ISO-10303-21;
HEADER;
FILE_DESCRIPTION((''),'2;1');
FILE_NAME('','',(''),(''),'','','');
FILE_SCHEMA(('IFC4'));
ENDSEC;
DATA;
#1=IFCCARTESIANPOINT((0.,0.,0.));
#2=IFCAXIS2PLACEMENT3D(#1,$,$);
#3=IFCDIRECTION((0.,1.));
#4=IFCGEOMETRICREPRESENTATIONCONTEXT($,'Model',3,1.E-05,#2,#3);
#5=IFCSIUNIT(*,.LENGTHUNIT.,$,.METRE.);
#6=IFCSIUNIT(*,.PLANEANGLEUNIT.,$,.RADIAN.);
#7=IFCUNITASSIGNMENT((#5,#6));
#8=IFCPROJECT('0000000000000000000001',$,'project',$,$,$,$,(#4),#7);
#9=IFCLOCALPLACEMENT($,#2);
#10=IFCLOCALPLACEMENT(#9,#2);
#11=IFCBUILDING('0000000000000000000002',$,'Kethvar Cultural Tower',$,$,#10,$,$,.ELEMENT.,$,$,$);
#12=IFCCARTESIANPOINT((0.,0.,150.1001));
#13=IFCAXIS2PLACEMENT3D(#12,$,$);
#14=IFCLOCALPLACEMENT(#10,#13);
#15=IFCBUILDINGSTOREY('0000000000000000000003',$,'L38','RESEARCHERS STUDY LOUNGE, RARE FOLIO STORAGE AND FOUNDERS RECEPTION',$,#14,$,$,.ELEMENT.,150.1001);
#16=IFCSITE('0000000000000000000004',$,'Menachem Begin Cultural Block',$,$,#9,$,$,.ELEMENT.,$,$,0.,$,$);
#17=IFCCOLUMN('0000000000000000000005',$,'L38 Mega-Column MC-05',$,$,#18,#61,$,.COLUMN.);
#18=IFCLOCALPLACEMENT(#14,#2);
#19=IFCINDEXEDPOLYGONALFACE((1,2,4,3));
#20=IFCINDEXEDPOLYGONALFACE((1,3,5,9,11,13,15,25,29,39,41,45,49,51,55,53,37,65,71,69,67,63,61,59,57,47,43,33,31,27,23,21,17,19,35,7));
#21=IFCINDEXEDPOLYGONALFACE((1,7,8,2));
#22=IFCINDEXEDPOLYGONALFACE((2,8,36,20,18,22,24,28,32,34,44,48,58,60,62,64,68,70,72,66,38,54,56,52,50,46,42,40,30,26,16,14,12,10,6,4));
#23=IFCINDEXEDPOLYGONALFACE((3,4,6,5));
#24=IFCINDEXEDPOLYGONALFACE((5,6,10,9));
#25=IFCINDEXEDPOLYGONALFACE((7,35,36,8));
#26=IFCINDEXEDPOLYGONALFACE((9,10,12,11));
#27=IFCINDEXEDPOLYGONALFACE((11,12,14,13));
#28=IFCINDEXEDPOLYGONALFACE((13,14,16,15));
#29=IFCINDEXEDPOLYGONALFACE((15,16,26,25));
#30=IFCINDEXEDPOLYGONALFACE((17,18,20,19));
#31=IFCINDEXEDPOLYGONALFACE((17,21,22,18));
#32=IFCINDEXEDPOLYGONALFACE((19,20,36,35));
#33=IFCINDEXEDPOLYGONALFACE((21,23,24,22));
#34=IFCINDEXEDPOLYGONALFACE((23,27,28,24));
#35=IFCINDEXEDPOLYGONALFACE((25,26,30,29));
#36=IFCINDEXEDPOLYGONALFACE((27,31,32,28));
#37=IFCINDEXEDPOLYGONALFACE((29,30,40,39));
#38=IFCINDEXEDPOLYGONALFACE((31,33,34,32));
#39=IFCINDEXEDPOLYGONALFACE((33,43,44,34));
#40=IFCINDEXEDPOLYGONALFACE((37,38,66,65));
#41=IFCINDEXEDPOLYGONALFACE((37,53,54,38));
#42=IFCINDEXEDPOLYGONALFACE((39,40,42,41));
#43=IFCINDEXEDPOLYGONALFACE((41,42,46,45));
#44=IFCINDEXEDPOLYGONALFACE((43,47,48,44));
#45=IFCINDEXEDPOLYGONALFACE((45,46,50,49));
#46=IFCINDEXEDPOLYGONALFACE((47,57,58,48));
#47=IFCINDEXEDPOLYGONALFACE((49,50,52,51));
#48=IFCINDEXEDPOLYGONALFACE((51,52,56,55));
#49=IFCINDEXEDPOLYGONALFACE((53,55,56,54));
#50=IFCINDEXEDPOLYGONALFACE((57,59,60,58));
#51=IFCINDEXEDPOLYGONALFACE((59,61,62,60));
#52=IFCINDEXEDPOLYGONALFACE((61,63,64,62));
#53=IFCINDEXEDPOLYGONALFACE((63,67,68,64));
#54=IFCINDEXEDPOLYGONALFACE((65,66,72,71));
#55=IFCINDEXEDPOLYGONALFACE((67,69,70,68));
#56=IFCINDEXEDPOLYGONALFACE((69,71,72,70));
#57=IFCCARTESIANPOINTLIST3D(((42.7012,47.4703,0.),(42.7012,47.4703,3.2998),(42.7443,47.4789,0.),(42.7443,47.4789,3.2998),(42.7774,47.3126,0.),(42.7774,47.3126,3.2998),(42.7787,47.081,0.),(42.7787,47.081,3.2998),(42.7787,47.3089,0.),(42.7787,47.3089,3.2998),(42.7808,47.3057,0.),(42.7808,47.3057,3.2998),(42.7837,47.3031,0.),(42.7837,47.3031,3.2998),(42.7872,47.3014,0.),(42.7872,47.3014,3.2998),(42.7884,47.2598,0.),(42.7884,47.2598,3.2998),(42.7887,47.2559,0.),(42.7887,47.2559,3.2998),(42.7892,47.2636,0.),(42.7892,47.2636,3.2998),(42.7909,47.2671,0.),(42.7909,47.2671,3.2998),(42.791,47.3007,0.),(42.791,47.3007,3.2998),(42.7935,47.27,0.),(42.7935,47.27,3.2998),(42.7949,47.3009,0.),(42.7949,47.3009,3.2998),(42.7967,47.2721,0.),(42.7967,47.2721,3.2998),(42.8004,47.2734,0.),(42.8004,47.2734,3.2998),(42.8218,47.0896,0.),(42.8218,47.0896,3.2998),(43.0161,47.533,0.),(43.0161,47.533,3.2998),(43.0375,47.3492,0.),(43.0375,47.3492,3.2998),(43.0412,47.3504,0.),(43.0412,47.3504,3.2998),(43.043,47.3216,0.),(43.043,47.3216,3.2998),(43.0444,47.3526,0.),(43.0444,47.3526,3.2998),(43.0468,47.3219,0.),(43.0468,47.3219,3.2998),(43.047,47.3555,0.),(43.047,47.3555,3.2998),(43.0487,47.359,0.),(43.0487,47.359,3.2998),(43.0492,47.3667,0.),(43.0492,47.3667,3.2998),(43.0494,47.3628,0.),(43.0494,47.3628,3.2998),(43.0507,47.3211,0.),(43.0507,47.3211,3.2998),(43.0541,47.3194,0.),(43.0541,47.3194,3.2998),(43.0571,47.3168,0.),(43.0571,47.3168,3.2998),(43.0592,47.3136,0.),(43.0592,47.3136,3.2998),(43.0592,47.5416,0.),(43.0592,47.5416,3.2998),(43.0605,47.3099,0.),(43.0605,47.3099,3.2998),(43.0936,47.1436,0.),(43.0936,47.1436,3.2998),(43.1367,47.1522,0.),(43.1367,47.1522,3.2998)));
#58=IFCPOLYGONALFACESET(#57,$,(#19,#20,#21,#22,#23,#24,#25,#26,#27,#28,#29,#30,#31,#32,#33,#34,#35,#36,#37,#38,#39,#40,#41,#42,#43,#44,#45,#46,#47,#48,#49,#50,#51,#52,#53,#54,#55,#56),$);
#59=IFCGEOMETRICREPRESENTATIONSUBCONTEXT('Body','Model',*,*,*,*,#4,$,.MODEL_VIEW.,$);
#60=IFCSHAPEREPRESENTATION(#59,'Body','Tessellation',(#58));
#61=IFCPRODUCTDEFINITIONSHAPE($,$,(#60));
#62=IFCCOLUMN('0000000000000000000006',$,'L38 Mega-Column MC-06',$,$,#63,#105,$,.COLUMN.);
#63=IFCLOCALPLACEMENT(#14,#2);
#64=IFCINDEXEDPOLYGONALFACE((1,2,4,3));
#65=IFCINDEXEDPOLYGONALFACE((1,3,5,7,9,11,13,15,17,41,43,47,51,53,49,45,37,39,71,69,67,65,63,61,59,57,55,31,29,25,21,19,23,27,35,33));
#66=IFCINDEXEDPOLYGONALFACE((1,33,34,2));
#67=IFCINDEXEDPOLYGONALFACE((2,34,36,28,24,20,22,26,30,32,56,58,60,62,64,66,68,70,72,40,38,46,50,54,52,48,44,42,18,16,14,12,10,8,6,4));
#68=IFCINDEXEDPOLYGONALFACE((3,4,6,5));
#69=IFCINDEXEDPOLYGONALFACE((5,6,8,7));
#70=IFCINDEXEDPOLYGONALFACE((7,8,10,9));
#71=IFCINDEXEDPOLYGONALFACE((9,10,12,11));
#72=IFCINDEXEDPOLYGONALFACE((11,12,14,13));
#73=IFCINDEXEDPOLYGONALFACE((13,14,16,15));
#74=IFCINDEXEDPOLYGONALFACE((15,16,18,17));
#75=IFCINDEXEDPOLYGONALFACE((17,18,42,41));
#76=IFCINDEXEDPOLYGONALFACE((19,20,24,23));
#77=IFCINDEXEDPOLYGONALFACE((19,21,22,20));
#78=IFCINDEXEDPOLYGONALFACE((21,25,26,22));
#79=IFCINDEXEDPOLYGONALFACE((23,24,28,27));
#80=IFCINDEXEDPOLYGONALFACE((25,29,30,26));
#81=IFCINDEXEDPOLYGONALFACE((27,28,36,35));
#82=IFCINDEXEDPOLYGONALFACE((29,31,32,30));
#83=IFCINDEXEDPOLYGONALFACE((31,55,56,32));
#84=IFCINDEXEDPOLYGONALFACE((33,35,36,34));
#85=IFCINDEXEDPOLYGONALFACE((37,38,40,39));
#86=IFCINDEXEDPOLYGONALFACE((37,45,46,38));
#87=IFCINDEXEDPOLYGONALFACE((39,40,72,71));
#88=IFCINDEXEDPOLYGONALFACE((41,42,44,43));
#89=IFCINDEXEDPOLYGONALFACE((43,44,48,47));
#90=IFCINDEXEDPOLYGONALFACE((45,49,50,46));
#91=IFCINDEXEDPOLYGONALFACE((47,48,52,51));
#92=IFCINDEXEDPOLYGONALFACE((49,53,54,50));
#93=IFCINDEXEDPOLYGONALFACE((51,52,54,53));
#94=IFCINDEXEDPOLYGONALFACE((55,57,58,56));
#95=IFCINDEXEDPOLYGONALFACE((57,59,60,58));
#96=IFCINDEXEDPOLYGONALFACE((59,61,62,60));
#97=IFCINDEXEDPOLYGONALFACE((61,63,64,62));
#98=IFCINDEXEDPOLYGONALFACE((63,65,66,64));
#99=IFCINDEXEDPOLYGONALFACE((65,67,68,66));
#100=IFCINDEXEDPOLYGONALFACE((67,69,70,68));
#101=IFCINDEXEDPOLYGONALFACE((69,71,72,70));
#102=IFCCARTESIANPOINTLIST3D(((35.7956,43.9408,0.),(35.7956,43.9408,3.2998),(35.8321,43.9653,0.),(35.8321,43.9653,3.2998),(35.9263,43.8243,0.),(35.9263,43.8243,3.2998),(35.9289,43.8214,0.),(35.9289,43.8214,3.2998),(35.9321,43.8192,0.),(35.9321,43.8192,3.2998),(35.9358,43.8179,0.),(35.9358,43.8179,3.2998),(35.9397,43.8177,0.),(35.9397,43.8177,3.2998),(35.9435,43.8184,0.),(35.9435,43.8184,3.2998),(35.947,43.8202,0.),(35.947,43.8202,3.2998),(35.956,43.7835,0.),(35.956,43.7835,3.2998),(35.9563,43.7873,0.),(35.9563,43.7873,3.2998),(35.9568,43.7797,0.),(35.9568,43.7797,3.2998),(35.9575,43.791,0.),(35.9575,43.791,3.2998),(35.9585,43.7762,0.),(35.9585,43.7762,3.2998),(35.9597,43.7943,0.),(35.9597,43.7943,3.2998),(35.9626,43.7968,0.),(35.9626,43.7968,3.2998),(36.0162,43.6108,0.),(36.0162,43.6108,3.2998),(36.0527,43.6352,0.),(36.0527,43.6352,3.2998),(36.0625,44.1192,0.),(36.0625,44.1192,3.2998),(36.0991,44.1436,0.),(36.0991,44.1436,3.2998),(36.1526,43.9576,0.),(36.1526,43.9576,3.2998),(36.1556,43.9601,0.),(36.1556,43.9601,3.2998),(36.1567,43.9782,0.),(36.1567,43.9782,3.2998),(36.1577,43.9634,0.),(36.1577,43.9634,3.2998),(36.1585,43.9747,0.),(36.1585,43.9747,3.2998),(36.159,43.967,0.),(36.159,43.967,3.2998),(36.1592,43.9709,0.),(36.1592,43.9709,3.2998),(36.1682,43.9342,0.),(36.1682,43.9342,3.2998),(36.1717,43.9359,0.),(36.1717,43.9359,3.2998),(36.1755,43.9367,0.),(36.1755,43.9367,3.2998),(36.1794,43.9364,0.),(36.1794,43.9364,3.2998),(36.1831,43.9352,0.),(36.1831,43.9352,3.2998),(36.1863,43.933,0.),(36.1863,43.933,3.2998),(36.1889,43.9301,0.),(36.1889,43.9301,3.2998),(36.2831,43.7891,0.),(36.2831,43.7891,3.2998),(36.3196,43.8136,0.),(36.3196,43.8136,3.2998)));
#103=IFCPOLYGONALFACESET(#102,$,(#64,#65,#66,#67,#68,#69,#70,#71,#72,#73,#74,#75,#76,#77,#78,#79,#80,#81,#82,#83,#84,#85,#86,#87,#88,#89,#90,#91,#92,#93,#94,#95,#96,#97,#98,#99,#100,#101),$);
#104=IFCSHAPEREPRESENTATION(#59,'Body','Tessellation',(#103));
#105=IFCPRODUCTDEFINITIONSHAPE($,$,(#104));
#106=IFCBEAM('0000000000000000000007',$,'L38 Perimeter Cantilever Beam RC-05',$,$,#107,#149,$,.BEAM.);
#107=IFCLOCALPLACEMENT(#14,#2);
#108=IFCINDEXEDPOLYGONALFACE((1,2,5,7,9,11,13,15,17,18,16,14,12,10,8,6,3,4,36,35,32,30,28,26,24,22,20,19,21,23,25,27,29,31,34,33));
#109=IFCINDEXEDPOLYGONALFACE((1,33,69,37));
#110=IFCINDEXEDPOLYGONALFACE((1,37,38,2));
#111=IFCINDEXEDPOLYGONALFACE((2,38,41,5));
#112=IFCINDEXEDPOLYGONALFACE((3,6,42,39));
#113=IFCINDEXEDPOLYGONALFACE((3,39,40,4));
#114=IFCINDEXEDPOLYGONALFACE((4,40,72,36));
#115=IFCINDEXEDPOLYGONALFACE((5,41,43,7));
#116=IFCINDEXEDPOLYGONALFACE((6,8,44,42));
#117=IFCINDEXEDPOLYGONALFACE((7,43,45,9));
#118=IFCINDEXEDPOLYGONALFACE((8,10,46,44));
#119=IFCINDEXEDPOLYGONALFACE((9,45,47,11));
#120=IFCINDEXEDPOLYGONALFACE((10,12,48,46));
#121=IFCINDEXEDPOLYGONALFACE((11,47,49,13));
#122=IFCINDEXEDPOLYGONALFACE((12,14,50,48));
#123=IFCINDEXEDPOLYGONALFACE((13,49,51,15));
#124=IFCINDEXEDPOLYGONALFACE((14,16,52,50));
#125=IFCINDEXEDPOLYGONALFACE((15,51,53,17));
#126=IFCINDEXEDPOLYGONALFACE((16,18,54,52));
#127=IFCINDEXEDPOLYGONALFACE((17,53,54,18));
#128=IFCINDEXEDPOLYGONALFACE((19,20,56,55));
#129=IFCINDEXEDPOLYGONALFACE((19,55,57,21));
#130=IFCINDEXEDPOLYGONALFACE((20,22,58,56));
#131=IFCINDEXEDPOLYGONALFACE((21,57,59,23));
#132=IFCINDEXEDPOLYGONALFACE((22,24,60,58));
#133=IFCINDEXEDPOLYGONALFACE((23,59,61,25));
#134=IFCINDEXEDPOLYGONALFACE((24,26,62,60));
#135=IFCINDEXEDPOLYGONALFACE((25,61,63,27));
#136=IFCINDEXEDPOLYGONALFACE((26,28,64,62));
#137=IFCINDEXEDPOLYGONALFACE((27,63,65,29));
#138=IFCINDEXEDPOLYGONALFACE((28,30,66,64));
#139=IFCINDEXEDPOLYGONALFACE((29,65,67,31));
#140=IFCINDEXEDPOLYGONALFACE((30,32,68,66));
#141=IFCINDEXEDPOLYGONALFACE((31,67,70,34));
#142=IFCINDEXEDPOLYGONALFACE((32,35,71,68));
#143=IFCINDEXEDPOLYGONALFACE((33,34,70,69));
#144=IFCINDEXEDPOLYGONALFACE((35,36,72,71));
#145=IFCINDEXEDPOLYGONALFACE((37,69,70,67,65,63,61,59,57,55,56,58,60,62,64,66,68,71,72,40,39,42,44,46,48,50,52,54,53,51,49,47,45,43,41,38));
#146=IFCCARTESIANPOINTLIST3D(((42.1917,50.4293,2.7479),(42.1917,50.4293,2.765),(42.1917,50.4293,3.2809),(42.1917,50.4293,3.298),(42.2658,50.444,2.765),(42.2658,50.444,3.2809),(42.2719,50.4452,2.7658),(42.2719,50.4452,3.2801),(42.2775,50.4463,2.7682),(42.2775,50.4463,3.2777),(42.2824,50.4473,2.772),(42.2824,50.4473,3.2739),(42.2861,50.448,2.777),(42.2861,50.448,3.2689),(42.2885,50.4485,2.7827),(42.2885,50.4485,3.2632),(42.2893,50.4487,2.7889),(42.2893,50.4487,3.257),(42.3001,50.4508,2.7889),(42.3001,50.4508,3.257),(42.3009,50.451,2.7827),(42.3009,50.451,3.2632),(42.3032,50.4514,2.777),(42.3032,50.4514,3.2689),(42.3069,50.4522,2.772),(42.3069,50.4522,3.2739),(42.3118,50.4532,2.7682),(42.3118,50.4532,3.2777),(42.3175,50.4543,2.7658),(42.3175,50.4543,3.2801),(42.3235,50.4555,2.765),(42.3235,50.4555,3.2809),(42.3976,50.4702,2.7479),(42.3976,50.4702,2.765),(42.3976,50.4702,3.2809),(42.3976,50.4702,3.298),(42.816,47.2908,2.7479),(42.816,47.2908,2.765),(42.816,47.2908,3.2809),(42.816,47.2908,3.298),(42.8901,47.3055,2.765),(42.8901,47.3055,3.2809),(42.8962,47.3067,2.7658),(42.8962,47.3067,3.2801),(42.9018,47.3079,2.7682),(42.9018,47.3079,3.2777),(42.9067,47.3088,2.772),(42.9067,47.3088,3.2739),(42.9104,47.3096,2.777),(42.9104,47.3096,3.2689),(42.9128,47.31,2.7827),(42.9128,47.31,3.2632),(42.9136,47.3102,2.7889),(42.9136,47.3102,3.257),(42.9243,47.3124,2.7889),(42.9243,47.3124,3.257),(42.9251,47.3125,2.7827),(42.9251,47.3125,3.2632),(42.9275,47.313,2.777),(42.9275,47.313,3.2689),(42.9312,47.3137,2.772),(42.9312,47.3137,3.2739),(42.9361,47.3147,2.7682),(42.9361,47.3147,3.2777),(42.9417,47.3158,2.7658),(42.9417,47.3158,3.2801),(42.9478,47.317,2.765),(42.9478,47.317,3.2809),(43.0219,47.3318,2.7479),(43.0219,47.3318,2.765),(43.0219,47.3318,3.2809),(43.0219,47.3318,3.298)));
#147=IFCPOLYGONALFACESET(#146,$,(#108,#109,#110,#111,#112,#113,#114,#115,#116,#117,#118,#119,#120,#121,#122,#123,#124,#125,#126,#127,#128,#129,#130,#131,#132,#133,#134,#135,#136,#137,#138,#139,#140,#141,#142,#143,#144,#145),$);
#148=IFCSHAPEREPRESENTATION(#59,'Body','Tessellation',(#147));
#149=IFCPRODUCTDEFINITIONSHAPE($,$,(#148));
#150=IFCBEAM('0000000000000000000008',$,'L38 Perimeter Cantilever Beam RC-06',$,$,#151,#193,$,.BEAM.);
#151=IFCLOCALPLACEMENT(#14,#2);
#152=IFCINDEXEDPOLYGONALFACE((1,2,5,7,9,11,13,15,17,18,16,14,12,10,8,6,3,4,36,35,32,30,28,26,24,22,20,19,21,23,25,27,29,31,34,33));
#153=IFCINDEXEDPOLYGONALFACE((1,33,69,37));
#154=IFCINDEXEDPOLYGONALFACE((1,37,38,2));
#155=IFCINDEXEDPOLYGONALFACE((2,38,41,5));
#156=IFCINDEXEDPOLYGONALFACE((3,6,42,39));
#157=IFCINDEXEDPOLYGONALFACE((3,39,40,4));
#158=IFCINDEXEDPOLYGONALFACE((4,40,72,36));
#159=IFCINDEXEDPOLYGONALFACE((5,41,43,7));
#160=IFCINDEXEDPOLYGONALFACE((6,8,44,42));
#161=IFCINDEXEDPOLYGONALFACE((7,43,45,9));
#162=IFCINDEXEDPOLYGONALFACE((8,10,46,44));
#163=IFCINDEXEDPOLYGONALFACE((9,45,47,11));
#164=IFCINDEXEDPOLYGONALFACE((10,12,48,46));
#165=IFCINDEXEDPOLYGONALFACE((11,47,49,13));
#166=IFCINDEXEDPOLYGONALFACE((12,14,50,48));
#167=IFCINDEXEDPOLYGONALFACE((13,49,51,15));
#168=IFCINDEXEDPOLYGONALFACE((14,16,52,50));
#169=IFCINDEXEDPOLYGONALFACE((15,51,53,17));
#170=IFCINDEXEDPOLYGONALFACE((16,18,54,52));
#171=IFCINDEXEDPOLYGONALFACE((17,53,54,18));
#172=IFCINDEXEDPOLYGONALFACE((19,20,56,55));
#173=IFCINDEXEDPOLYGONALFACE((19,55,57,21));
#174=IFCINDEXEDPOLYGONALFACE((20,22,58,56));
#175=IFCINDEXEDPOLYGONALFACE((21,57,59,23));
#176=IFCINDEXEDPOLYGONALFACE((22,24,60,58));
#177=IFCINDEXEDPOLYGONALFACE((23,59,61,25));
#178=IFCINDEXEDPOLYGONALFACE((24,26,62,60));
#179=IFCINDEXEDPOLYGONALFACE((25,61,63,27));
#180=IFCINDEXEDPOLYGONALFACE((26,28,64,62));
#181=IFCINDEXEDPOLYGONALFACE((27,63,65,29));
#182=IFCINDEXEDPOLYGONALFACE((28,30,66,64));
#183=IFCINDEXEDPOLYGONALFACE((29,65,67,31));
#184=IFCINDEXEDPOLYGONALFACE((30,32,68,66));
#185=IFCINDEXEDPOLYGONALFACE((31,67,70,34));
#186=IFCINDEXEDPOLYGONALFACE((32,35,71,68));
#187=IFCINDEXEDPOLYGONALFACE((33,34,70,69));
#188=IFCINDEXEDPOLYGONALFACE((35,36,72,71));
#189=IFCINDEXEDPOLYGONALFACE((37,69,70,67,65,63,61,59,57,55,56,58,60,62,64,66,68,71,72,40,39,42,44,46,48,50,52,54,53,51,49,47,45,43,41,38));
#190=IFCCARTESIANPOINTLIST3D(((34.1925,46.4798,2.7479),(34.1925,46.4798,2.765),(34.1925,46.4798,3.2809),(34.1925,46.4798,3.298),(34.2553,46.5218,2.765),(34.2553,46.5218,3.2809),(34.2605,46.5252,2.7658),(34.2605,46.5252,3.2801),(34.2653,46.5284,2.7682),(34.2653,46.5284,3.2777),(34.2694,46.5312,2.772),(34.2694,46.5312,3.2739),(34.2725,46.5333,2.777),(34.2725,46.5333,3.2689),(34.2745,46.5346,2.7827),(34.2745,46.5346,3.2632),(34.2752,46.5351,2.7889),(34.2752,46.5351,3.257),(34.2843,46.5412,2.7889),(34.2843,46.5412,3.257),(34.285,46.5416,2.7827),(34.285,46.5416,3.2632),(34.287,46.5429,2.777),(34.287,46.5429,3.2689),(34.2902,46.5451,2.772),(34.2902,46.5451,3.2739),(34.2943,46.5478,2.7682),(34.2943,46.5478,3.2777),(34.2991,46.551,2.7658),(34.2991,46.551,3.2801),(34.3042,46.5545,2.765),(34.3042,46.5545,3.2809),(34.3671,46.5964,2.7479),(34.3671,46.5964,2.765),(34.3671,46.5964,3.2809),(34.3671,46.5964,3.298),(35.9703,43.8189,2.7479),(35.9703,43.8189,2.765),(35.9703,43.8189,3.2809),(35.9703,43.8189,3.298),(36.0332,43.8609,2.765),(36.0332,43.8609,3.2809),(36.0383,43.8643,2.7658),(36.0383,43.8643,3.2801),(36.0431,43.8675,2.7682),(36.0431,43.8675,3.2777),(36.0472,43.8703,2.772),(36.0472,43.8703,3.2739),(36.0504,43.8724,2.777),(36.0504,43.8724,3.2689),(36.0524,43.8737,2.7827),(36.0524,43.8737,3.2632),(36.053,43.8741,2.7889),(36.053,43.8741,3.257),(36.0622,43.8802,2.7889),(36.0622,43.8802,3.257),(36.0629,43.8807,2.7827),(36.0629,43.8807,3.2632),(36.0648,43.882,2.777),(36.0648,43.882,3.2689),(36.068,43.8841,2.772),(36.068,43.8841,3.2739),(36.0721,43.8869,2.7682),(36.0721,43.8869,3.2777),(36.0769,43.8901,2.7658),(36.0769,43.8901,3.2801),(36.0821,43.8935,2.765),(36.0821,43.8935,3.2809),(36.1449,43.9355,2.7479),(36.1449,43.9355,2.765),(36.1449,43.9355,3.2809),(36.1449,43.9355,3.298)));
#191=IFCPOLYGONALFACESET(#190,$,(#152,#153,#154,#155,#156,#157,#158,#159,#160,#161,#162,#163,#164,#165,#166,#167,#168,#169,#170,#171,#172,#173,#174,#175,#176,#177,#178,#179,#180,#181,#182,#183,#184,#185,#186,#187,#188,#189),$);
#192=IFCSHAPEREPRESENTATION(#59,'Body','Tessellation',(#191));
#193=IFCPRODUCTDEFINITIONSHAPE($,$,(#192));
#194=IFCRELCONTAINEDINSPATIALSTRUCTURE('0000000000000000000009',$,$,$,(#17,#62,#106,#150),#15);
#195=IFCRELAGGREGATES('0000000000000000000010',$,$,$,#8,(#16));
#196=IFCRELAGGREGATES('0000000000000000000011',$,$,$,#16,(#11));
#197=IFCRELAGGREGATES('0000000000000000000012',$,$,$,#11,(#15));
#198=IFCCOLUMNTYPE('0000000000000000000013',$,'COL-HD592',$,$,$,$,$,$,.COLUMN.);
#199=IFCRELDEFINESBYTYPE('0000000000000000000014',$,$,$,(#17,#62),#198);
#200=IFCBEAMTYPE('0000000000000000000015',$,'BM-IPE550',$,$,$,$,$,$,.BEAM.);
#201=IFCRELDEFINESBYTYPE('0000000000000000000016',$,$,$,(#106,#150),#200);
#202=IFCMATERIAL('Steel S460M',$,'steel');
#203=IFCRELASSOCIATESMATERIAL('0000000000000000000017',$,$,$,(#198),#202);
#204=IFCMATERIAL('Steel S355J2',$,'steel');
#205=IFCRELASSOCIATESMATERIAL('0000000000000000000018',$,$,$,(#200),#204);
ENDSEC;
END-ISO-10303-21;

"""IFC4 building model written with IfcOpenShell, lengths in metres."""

from ifc_helpers import new_model, si_unit, direction, frame, origin, origin_2d, place, context, subcontext, project, spatial, i_section, extrude, source, transform, mapped, material, material_profile, profile_set, type_object, element, save


model = new_model("IFC4")

# Units and contexts
model_context = context("Model", 3, precision=1e-05, world=origin(), true_north=direction((0.0, 1.0)))
body_context = subcontext(model_context, "Body", "Model", "MODEL_VIEW")
ifc_project = project(units=[si_unit("LENGTHUNIT", "METRE"), si_unit("PLANEANGLEUNIT", "RADIAN")], contexts=[model_context])

# Site, building, storey
site_placement = place(None, origin())
site = spatial("IfcSite", under=ifc_project, at=site_placement, Name="Menachem Begin Cultural Block", CompositionType="ELEMENT", RefElevation=0.0)
building_placement = place(site_placement, origin())
building = spatial("IfcBuilding", under=site, at=building_placement, Name="Kethvar Cultural Tower", CompositionType="ELEMENT")
storey_placement = place(building_placement, frame((0.0, 0.0, 150.1001)))
storey = spatial("IfcBuildingStorey", under=building, at=storey_placement, Name="L38", Description="RESEARCHERS STUDY LOUNGE, RARE FOLIO STORAGE AND FOUNDERS RECEPTION", CompositionType="ELEMENT", Elevation=150.1001)

# Columns
ifc_material_1 = material(Name="Steel S460M", Category="steel")
ifc_material_profile_1 = material_profile(ifc_material_1, i_section(OverallWidth=0.397, OverallDepth=0.365, WebThickness=0.0281, FlangeThickness=0.0439, FilletRadius=0.0149, at=origin_2d()), Name="Steel S460M — HD400x592")
ifc_profile_set_1 = profile_set([ifc_material_profile_1], Name="Steel S460M — HD400x592")
column_type = type_object("IfcColumnType", Name="COL-HD592", PredefinedType="COLUMN", material=ifc_profile_set_1)
shared_shape_1 = source(origin(), body_context, "Body", "SweptSolid", [
    extrude(i_section(OverallWidth=0.397, OverallDepth=0.365, WebThickness=0.0281, FlangeThickness=0.0439, FilletRadius=0.0149, at=origin_2d()), origin(), (0.0, 0.0, 1.0), 3.2998),
])
for number, where, z_axis, x_axis, name in (
    (1, (42.9189, 47.3113, 0.0), (0.0, 0.0, 1.0), (-0.19509, 0.980785, 0.0), "L38 Mega-Column MC-05"),
    (2, (36.0576, 43.8772, 0.0), (0.0, 0.0, 1.0), (-0.55557, 0.83147, 0.0), "L38 Mega-Column MC-06"),
):
    element("IfcColumn", number, at=place(storey_placement, frame(where, z_axis=z_axis, x_axis=x_axis)), inside=storey, type_object=column_type, Name=name, PredefinedType="COLUMN", context=body_context, shape_type="MappedRepresentation", body=[
        mapped(shared_shape_1, transform((0.0, 0.0, 0.0), scale=1.0)),
    ])

# Beams
ifc_material_2 = material(Name="Steel S355J2", Category="steel")
ifc_material_profile_2 = material_profile(ifc_material_2, i_section(OverallWidth=0.21, OverallDepth=0.55, WebThickness=0.011, FlangeThickness=0.0171, FilletRadius=0.0239, at=origin_2d()), Name="Steel S355J2 — IPE550")
ifc_profile_set_2 = profile_set([ifc_material_profile_2], Name="Steel S355J2 — IPE550")
beam_type_1 = type_object("IfcBeamType", Name="BM-IPE550", PredefinedType="BEAM", material=ifc_profile_set_2)
shared_shape_2 = source(origin(), body_context, "Body", "SweptSolid", [
    extrude(i_section(OverallWidth=0.21, OverallDepth=0.55, WebThickness=0.011, FlangeThickness=0.0171, FilletRadius=0.0239, at=origin_2d()), origin(), (0.0, 0.0, 1.0), 3.2),
])
beam_1_placement = place(storey_placement, frame((42.9189, 47.3113, 3.0229), z_axis=(-0.195089, 0.980786, 0.0), x_axis=(-0.980786, -0.195089, 0.0)))
element("IfcBeam", 3, at=beam_1_placement, inside=storey, type_object=beam_type_1, Name="L38 Perimeter Cantilever Beam RC-05", PredefinedType="BEAM", context=body_context, shape_type="MappedRepresentation", body=[
    mapped(shared_shape_2, transform((0.0, 0.0, 0.0), scale=1.0)),
])
shared_shape_3 = source(origin(), body_context, "Body", "SweptSolid", [
    extrude(i_section(OverallWidth=0.21, OverallDepth=0.55, WebThickness=0.011, FlangeThickness=0.0171, FilletRadius=0.0239, at=origin_2d()), origin(), (0.0, 0.0, 1.0), 3.2002),
])
beam_2_placement = place(storey_placement, frame((36.0576, 43.8772, 3.0229), z_axis=(-0.555545, 0.831486, 0.0), x_axis=(-0.831486, -0.555545, 0.0)))
element("IfcBeam", 4, at=beam_2_placement, inside=storey, type_object=beam_type_1, Name="L38 Perimeter Cantilever Beam RC-06", PredefinedType="BEAM", context=body_context, shape_type="MappedRepresentation", body=[
    mapped(shared_shape_3, transform((0.0, 0.0, 0.0), scale=1.0)),
])

save(model, "model.ifc")
